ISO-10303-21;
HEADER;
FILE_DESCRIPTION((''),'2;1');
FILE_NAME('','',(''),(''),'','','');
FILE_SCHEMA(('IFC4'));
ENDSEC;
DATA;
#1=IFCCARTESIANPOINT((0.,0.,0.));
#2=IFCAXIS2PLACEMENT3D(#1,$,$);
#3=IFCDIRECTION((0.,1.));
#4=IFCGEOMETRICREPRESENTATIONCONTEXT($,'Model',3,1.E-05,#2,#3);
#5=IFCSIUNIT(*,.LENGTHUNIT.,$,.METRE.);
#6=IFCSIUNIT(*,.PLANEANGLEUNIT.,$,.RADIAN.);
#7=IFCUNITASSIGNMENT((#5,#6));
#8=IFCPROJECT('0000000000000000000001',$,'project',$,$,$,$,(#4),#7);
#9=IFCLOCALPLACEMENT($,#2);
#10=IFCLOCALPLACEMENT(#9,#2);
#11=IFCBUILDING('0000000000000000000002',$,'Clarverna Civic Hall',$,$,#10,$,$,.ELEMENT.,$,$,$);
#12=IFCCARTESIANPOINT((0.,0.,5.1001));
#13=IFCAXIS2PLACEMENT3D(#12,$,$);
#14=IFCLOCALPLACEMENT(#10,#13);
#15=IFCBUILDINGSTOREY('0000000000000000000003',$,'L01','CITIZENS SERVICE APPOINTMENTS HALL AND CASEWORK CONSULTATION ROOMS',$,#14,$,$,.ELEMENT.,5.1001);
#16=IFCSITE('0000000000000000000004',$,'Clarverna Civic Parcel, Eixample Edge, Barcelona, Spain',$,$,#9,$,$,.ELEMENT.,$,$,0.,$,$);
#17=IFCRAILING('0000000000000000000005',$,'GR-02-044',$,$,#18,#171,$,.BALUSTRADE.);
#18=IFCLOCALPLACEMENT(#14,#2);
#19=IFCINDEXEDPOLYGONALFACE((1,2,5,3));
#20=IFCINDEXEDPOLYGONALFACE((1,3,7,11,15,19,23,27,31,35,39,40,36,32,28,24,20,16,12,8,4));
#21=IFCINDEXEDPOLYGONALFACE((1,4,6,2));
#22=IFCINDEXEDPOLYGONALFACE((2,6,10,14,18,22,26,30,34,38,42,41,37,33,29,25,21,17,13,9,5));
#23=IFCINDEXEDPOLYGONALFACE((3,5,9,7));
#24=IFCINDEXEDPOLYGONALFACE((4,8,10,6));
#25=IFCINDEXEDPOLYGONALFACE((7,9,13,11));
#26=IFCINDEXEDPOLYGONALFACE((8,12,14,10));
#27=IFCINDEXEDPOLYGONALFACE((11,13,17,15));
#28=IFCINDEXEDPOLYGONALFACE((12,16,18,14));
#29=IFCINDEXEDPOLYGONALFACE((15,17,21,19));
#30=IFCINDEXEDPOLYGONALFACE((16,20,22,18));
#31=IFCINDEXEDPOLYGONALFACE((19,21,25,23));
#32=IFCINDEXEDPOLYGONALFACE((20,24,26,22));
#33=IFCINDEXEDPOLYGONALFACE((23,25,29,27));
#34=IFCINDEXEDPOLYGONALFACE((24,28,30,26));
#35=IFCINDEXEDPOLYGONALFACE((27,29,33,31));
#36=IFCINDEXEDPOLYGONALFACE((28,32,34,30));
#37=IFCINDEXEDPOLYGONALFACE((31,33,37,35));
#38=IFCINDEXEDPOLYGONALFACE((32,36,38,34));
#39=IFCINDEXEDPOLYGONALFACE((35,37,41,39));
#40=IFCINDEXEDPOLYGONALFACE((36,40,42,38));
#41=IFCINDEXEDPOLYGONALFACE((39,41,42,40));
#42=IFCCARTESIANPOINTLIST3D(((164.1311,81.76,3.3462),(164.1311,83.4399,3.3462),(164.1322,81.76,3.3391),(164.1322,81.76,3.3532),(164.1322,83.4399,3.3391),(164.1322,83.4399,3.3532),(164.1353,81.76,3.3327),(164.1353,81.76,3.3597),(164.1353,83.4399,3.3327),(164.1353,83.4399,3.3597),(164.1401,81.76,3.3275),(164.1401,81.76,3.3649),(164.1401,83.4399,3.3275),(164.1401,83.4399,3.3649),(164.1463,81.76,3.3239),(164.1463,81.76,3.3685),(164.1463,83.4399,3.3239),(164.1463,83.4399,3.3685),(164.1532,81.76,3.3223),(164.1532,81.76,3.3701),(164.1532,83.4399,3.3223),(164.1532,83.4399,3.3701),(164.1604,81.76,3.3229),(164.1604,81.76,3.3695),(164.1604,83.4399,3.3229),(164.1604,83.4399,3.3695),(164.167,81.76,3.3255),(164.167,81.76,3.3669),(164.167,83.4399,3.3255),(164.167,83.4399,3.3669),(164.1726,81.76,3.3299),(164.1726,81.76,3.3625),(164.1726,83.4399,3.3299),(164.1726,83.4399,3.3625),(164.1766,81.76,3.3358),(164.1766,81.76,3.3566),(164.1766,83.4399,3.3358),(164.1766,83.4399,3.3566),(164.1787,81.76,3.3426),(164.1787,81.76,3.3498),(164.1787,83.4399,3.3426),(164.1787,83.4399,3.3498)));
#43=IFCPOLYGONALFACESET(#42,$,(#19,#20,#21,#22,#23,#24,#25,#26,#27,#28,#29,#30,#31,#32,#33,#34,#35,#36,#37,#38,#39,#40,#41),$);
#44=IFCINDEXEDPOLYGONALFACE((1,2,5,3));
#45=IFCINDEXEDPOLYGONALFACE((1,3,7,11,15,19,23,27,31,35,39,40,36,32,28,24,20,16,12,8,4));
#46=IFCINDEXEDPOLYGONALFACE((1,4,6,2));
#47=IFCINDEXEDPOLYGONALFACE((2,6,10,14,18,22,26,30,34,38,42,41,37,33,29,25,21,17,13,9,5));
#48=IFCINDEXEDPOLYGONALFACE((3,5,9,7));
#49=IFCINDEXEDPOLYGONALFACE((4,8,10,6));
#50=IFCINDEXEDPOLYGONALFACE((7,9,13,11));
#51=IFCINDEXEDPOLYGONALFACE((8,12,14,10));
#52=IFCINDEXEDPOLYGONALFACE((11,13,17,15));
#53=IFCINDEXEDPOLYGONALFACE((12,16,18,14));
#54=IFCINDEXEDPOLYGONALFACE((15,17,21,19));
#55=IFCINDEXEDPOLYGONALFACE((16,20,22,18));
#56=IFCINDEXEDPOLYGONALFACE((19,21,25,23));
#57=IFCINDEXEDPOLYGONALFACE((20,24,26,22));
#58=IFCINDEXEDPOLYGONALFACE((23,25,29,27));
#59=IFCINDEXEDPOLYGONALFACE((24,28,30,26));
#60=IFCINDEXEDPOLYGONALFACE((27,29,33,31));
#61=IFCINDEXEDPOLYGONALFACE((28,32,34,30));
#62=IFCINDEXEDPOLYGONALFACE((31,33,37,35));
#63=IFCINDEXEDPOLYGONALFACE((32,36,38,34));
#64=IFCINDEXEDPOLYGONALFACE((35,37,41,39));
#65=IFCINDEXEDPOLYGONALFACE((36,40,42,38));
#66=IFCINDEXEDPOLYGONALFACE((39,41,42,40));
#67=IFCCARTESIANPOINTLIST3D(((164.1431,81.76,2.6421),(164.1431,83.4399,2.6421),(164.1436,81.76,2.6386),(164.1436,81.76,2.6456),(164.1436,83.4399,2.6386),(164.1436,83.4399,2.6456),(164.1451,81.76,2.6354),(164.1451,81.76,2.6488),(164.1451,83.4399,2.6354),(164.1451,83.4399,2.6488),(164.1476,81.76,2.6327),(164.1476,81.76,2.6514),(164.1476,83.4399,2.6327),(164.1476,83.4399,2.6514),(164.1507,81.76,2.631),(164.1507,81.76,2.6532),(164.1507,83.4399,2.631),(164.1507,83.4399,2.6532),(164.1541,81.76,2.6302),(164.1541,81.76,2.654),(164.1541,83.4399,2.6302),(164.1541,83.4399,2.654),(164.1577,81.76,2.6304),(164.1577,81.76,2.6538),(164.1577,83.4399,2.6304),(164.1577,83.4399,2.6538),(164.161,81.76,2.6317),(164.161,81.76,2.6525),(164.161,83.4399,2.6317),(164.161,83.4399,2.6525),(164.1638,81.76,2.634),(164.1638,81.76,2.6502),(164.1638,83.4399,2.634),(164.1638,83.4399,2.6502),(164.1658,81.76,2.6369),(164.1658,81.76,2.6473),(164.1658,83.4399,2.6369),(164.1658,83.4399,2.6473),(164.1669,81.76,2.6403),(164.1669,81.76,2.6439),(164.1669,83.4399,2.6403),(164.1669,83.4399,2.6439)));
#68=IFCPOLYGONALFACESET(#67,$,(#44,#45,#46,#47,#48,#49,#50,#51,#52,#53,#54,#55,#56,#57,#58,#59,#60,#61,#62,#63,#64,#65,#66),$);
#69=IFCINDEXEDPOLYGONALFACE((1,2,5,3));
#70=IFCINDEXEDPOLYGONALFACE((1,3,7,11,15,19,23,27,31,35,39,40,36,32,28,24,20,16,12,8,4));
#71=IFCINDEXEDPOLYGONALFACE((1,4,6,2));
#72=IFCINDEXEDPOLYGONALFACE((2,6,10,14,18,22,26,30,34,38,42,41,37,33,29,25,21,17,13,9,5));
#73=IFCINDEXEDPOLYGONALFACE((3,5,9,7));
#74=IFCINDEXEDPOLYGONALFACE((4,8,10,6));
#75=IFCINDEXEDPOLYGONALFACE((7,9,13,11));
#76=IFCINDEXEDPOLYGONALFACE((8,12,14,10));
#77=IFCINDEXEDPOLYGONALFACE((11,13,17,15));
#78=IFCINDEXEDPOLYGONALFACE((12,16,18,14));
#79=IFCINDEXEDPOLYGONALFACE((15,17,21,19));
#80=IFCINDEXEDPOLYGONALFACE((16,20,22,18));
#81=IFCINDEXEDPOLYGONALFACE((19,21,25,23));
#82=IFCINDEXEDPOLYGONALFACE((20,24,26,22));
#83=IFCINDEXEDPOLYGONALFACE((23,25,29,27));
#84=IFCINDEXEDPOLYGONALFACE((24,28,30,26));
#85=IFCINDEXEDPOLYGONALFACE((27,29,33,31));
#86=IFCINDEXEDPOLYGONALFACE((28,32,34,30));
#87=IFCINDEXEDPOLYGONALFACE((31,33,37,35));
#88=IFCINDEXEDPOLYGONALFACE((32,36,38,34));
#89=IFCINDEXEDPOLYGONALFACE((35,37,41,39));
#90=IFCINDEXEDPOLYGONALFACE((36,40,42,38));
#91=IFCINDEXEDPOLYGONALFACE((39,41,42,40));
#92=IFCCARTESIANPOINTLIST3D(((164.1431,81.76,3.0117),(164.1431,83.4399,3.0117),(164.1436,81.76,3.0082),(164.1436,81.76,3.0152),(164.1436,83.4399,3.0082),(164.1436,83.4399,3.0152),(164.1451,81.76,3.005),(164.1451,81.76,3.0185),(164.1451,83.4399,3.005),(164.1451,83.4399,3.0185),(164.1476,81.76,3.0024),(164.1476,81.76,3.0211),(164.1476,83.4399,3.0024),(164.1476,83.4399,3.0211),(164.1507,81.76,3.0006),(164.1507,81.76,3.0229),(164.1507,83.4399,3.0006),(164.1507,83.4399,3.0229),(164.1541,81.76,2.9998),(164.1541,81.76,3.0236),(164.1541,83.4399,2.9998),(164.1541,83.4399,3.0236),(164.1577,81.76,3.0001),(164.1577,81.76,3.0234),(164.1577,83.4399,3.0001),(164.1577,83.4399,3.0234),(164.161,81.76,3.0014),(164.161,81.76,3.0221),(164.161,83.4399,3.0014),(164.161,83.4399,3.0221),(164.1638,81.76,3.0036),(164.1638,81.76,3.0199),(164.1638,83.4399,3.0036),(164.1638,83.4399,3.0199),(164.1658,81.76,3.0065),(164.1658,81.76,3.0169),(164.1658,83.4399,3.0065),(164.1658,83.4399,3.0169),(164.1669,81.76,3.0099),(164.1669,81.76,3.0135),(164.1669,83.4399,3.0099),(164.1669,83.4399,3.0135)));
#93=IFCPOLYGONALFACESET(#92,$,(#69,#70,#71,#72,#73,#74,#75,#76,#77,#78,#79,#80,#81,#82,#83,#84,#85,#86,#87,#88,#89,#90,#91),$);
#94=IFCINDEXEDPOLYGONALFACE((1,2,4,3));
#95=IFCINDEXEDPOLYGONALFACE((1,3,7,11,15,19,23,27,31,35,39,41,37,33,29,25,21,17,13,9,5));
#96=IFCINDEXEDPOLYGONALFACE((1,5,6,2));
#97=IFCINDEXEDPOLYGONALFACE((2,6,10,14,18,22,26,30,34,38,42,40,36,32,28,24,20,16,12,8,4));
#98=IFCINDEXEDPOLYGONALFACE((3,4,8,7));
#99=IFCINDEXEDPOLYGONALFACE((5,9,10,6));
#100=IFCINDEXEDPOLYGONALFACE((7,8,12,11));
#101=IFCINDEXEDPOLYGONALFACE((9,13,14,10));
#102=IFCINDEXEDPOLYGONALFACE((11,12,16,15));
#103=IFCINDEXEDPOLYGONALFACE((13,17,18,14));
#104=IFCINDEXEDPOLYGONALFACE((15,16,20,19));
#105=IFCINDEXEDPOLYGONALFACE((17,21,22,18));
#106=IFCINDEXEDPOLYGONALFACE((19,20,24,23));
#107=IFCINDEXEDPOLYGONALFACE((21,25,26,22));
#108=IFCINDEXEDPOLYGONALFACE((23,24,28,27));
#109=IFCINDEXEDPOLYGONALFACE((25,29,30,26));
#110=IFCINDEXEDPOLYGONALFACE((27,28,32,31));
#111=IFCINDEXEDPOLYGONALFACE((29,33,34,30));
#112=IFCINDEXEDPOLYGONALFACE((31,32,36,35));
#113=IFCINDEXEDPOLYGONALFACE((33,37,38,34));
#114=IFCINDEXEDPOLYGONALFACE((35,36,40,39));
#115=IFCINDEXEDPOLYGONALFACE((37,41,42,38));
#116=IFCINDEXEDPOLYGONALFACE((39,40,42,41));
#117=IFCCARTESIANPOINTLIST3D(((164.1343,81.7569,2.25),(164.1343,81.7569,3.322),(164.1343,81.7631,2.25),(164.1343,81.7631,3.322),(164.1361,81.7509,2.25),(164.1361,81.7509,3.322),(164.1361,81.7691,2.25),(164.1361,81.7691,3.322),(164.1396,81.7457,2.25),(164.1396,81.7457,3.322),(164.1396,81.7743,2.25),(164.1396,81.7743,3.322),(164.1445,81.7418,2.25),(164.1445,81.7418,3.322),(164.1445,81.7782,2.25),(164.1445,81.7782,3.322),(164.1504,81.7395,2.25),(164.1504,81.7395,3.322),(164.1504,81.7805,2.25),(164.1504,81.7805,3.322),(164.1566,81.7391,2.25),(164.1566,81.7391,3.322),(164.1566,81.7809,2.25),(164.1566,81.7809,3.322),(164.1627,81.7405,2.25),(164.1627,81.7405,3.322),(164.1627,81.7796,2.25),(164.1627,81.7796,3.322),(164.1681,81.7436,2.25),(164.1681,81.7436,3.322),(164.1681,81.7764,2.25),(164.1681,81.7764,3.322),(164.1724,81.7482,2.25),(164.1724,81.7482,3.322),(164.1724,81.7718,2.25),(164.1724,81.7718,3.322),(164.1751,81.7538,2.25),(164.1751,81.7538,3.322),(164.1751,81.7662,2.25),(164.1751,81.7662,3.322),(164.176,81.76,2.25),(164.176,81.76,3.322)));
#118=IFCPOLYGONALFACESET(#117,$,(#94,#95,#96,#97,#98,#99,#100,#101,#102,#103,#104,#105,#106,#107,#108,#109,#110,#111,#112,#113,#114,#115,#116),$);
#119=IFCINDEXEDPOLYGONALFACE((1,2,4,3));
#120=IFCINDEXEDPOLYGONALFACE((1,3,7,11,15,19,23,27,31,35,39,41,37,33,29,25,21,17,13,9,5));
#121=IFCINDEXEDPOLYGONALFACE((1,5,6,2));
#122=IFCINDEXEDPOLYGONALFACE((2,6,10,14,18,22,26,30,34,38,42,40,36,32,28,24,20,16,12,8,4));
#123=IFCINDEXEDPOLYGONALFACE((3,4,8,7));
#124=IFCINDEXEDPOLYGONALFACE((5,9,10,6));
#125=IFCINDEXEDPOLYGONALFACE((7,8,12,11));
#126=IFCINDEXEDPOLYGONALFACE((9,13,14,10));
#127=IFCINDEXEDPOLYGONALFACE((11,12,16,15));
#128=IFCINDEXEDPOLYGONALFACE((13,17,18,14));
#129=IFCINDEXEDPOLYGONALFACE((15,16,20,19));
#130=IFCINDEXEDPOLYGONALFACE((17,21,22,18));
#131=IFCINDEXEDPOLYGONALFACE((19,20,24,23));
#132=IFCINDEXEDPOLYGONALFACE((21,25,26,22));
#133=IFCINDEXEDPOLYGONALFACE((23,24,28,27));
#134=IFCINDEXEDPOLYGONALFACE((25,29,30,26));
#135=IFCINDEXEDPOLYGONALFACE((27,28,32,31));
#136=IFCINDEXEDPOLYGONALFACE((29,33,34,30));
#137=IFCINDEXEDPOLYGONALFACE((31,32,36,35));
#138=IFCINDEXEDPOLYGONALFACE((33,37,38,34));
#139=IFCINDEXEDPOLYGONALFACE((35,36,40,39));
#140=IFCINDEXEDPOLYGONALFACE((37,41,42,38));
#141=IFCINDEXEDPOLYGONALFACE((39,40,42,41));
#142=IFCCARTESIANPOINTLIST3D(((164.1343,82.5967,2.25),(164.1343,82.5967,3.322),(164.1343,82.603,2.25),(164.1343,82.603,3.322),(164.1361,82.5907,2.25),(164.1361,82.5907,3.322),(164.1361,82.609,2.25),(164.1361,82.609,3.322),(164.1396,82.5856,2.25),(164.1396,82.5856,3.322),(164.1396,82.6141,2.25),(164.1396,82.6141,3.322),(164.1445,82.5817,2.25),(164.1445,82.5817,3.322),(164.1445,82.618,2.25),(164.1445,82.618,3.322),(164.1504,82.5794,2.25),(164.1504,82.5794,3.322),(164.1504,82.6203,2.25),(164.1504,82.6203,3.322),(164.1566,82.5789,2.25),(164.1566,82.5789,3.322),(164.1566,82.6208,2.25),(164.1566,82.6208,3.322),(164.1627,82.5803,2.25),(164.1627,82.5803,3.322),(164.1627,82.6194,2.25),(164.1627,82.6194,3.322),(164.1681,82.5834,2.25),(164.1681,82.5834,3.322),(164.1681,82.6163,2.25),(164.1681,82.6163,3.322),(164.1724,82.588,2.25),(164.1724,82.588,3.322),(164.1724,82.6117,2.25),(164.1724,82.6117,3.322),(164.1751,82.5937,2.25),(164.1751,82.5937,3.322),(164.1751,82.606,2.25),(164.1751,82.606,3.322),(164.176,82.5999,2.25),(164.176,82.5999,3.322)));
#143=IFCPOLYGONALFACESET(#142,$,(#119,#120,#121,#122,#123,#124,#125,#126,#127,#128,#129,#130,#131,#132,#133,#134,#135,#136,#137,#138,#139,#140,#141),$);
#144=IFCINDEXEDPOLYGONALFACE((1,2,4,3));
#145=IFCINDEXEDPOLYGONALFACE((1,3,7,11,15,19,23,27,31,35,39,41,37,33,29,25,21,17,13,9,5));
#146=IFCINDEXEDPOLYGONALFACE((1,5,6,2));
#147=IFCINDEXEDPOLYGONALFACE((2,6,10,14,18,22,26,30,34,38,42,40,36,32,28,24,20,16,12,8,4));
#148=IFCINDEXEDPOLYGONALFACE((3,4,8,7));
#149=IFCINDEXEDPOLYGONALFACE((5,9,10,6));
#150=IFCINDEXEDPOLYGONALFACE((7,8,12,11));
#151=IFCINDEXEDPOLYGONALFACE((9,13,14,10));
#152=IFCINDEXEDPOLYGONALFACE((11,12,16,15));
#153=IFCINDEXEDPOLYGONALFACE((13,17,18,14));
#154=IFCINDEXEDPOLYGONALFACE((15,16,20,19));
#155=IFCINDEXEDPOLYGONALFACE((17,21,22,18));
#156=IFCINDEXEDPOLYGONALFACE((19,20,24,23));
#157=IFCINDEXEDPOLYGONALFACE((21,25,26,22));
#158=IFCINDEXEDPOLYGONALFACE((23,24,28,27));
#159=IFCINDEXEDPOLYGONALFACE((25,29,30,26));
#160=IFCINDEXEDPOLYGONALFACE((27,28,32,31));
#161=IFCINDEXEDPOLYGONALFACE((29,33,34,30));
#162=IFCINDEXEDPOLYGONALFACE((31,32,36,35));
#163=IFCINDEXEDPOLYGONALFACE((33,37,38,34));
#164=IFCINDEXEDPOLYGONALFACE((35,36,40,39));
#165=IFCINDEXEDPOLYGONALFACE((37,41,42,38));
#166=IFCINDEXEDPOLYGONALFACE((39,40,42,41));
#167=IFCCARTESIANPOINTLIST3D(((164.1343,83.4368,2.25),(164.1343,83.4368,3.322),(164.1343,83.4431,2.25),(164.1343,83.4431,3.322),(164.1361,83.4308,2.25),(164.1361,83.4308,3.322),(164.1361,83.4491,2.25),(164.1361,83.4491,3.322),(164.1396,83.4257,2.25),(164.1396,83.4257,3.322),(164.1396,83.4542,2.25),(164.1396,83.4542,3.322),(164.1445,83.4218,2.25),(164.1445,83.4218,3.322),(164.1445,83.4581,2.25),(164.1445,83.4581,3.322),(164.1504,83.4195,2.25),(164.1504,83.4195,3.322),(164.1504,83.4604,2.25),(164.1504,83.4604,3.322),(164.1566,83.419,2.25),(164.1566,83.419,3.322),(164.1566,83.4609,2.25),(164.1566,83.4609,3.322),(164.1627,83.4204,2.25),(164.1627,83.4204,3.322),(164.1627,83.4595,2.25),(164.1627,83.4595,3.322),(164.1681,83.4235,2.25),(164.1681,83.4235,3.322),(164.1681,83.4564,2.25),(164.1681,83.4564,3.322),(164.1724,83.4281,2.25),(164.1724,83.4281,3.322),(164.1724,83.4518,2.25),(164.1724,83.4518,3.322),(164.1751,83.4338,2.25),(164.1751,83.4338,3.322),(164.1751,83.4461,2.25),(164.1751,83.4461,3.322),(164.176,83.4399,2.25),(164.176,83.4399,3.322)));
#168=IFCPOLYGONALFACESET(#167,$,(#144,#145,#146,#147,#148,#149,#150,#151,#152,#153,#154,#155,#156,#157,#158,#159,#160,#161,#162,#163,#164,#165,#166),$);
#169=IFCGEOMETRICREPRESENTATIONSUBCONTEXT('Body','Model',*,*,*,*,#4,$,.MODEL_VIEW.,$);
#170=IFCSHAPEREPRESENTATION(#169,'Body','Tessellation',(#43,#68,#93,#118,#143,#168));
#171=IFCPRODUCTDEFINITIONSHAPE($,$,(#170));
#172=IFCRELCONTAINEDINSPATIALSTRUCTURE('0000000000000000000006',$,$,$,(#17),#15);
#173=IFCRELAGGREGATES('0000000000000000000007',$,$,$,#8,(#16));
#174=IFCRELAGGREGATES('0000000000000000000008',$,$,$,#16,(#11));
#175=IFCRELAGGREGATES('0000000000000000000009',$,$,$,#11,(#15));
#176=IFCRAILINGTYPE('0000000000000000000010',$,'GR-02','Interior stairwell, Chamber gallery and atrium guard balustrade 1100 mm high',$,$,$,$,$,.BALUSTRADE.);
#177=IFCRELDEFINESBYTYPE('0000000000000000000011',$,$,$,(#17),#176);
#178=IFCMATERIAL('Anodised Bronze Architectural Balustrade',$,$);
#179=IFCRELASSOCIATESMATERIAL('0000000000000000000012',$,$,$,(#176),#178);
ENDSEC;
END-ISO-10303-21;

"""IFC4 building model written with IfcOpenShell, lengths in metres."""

from ifc_helpers import new_model, si_unit, direction, frame, origin, origin_2d, place, context, subcontext, project, spatial, circle, extrude, material, type_object, element, save


model = new_model("IFC4")

# Units and contexts
model_context = context("Model", 3, precision=1e-05, world=origin(), true_north=direction((0.0, 1.0)))
body_context = subcontext(model_context, "Body", "Model", "MODEL_VIEW")
ifc_project = project(units=[si_unit("LENGTHUNIT", "METRE"), si_unit("PLANEANGLEUNIT", "RADIAN")], contexts=[model_context])

# Site, building, storey
site_placement = place(None, origin())
site = spatial("IfcSite", under=ifc_project, at=site_placement, Name="Clarverna Civic Parcel, Eixample Edge, Barcelona, Spain", CompositionType="ELEMENT", RefElevation=0.0)
building_placement = place(site_placement, origin())
building = spatial("IfcBuilding", under=site, at=building_placement, Name="Clarverna Civic Hall", CompositionType="ELEMENT")
storey_placement = place(building_placement, frame((0.0, 0.0, 5.1001)))
storey = spatial("IfcBuildingStorey", under=building, at=storey_placement, Name="L01", Description="CITIZENS SERVICE APPOINTMENTS HALL AND CASEWORK CONSULTATION ROOMS", CompositionType="ELEMENT", Elevation=5.1001)

# Railing
ifc_material_1 = material(Name="Anodised Bronze Architectural Balustrade")
railing_type_1 = type_object("IfcRailingType", Name="GR-02", Description="Interior stairwell, Chamber gallery and atrium guard balustrade 1100 mm high", PredefinedType="BALUSTRADE", material=ifc_material_1)
railing_1_placement = place(storey_placement, frame((164.155, 81.76, 2.25)))
element("IfcRailing", 1, at=railing_1_placement, inside=storey, type_object=railing_type_1, Name="GR-02-044", PredefinedType="BALUSTRADE", context=body_context, shape_type="SweptSolid", body=[
    extrude(circle(Radius=0.0239, at=origin_2d()), frame((0.0, 0.0, 1.0962), z_axis=(0.0, 1.0, 0.0), x_axis=(-1.0, 0.0, 0.0)), (0.0, 0.0, 1.0), 1.6799),
    extrude(circle(Radius=0.012, at=origin_2d()), frame((0.0, 0.0, 0.3921), z_axis=(0.0, 1.0, 0.0), x_axis=(-1.0, 0.0, 0.0)), (0.0, 0.0, 1.0), 1.6799),
    extrude(circle(Radius=0.012, at=origin_2d()), frame((0.0, 0.0, 0.7617), z_axis=(0.0, 1.0, 0.0), x_axis=(-1.0, 0.0, 0.0)), (0.0, 0.0, 1.0), 1.6799),
    extrude(circle(Radius=0.021, at=origin_2d()), origin(), (0.0, 0.0, 1.0), 1.072),
    extrude(circle(Radius=0.021, at=origin_2d()), frame((0.0, 0.8398, 0.0)), (0.0, 0.0, 1.0), 1.072),
    extrude(circle(Radius=0.021, at=origin_2d()), frame((0.0, 1.6799, 0.0)), (0.0, 0.0, 1.0), 1.072),
])

save(model, "model.ifc")
